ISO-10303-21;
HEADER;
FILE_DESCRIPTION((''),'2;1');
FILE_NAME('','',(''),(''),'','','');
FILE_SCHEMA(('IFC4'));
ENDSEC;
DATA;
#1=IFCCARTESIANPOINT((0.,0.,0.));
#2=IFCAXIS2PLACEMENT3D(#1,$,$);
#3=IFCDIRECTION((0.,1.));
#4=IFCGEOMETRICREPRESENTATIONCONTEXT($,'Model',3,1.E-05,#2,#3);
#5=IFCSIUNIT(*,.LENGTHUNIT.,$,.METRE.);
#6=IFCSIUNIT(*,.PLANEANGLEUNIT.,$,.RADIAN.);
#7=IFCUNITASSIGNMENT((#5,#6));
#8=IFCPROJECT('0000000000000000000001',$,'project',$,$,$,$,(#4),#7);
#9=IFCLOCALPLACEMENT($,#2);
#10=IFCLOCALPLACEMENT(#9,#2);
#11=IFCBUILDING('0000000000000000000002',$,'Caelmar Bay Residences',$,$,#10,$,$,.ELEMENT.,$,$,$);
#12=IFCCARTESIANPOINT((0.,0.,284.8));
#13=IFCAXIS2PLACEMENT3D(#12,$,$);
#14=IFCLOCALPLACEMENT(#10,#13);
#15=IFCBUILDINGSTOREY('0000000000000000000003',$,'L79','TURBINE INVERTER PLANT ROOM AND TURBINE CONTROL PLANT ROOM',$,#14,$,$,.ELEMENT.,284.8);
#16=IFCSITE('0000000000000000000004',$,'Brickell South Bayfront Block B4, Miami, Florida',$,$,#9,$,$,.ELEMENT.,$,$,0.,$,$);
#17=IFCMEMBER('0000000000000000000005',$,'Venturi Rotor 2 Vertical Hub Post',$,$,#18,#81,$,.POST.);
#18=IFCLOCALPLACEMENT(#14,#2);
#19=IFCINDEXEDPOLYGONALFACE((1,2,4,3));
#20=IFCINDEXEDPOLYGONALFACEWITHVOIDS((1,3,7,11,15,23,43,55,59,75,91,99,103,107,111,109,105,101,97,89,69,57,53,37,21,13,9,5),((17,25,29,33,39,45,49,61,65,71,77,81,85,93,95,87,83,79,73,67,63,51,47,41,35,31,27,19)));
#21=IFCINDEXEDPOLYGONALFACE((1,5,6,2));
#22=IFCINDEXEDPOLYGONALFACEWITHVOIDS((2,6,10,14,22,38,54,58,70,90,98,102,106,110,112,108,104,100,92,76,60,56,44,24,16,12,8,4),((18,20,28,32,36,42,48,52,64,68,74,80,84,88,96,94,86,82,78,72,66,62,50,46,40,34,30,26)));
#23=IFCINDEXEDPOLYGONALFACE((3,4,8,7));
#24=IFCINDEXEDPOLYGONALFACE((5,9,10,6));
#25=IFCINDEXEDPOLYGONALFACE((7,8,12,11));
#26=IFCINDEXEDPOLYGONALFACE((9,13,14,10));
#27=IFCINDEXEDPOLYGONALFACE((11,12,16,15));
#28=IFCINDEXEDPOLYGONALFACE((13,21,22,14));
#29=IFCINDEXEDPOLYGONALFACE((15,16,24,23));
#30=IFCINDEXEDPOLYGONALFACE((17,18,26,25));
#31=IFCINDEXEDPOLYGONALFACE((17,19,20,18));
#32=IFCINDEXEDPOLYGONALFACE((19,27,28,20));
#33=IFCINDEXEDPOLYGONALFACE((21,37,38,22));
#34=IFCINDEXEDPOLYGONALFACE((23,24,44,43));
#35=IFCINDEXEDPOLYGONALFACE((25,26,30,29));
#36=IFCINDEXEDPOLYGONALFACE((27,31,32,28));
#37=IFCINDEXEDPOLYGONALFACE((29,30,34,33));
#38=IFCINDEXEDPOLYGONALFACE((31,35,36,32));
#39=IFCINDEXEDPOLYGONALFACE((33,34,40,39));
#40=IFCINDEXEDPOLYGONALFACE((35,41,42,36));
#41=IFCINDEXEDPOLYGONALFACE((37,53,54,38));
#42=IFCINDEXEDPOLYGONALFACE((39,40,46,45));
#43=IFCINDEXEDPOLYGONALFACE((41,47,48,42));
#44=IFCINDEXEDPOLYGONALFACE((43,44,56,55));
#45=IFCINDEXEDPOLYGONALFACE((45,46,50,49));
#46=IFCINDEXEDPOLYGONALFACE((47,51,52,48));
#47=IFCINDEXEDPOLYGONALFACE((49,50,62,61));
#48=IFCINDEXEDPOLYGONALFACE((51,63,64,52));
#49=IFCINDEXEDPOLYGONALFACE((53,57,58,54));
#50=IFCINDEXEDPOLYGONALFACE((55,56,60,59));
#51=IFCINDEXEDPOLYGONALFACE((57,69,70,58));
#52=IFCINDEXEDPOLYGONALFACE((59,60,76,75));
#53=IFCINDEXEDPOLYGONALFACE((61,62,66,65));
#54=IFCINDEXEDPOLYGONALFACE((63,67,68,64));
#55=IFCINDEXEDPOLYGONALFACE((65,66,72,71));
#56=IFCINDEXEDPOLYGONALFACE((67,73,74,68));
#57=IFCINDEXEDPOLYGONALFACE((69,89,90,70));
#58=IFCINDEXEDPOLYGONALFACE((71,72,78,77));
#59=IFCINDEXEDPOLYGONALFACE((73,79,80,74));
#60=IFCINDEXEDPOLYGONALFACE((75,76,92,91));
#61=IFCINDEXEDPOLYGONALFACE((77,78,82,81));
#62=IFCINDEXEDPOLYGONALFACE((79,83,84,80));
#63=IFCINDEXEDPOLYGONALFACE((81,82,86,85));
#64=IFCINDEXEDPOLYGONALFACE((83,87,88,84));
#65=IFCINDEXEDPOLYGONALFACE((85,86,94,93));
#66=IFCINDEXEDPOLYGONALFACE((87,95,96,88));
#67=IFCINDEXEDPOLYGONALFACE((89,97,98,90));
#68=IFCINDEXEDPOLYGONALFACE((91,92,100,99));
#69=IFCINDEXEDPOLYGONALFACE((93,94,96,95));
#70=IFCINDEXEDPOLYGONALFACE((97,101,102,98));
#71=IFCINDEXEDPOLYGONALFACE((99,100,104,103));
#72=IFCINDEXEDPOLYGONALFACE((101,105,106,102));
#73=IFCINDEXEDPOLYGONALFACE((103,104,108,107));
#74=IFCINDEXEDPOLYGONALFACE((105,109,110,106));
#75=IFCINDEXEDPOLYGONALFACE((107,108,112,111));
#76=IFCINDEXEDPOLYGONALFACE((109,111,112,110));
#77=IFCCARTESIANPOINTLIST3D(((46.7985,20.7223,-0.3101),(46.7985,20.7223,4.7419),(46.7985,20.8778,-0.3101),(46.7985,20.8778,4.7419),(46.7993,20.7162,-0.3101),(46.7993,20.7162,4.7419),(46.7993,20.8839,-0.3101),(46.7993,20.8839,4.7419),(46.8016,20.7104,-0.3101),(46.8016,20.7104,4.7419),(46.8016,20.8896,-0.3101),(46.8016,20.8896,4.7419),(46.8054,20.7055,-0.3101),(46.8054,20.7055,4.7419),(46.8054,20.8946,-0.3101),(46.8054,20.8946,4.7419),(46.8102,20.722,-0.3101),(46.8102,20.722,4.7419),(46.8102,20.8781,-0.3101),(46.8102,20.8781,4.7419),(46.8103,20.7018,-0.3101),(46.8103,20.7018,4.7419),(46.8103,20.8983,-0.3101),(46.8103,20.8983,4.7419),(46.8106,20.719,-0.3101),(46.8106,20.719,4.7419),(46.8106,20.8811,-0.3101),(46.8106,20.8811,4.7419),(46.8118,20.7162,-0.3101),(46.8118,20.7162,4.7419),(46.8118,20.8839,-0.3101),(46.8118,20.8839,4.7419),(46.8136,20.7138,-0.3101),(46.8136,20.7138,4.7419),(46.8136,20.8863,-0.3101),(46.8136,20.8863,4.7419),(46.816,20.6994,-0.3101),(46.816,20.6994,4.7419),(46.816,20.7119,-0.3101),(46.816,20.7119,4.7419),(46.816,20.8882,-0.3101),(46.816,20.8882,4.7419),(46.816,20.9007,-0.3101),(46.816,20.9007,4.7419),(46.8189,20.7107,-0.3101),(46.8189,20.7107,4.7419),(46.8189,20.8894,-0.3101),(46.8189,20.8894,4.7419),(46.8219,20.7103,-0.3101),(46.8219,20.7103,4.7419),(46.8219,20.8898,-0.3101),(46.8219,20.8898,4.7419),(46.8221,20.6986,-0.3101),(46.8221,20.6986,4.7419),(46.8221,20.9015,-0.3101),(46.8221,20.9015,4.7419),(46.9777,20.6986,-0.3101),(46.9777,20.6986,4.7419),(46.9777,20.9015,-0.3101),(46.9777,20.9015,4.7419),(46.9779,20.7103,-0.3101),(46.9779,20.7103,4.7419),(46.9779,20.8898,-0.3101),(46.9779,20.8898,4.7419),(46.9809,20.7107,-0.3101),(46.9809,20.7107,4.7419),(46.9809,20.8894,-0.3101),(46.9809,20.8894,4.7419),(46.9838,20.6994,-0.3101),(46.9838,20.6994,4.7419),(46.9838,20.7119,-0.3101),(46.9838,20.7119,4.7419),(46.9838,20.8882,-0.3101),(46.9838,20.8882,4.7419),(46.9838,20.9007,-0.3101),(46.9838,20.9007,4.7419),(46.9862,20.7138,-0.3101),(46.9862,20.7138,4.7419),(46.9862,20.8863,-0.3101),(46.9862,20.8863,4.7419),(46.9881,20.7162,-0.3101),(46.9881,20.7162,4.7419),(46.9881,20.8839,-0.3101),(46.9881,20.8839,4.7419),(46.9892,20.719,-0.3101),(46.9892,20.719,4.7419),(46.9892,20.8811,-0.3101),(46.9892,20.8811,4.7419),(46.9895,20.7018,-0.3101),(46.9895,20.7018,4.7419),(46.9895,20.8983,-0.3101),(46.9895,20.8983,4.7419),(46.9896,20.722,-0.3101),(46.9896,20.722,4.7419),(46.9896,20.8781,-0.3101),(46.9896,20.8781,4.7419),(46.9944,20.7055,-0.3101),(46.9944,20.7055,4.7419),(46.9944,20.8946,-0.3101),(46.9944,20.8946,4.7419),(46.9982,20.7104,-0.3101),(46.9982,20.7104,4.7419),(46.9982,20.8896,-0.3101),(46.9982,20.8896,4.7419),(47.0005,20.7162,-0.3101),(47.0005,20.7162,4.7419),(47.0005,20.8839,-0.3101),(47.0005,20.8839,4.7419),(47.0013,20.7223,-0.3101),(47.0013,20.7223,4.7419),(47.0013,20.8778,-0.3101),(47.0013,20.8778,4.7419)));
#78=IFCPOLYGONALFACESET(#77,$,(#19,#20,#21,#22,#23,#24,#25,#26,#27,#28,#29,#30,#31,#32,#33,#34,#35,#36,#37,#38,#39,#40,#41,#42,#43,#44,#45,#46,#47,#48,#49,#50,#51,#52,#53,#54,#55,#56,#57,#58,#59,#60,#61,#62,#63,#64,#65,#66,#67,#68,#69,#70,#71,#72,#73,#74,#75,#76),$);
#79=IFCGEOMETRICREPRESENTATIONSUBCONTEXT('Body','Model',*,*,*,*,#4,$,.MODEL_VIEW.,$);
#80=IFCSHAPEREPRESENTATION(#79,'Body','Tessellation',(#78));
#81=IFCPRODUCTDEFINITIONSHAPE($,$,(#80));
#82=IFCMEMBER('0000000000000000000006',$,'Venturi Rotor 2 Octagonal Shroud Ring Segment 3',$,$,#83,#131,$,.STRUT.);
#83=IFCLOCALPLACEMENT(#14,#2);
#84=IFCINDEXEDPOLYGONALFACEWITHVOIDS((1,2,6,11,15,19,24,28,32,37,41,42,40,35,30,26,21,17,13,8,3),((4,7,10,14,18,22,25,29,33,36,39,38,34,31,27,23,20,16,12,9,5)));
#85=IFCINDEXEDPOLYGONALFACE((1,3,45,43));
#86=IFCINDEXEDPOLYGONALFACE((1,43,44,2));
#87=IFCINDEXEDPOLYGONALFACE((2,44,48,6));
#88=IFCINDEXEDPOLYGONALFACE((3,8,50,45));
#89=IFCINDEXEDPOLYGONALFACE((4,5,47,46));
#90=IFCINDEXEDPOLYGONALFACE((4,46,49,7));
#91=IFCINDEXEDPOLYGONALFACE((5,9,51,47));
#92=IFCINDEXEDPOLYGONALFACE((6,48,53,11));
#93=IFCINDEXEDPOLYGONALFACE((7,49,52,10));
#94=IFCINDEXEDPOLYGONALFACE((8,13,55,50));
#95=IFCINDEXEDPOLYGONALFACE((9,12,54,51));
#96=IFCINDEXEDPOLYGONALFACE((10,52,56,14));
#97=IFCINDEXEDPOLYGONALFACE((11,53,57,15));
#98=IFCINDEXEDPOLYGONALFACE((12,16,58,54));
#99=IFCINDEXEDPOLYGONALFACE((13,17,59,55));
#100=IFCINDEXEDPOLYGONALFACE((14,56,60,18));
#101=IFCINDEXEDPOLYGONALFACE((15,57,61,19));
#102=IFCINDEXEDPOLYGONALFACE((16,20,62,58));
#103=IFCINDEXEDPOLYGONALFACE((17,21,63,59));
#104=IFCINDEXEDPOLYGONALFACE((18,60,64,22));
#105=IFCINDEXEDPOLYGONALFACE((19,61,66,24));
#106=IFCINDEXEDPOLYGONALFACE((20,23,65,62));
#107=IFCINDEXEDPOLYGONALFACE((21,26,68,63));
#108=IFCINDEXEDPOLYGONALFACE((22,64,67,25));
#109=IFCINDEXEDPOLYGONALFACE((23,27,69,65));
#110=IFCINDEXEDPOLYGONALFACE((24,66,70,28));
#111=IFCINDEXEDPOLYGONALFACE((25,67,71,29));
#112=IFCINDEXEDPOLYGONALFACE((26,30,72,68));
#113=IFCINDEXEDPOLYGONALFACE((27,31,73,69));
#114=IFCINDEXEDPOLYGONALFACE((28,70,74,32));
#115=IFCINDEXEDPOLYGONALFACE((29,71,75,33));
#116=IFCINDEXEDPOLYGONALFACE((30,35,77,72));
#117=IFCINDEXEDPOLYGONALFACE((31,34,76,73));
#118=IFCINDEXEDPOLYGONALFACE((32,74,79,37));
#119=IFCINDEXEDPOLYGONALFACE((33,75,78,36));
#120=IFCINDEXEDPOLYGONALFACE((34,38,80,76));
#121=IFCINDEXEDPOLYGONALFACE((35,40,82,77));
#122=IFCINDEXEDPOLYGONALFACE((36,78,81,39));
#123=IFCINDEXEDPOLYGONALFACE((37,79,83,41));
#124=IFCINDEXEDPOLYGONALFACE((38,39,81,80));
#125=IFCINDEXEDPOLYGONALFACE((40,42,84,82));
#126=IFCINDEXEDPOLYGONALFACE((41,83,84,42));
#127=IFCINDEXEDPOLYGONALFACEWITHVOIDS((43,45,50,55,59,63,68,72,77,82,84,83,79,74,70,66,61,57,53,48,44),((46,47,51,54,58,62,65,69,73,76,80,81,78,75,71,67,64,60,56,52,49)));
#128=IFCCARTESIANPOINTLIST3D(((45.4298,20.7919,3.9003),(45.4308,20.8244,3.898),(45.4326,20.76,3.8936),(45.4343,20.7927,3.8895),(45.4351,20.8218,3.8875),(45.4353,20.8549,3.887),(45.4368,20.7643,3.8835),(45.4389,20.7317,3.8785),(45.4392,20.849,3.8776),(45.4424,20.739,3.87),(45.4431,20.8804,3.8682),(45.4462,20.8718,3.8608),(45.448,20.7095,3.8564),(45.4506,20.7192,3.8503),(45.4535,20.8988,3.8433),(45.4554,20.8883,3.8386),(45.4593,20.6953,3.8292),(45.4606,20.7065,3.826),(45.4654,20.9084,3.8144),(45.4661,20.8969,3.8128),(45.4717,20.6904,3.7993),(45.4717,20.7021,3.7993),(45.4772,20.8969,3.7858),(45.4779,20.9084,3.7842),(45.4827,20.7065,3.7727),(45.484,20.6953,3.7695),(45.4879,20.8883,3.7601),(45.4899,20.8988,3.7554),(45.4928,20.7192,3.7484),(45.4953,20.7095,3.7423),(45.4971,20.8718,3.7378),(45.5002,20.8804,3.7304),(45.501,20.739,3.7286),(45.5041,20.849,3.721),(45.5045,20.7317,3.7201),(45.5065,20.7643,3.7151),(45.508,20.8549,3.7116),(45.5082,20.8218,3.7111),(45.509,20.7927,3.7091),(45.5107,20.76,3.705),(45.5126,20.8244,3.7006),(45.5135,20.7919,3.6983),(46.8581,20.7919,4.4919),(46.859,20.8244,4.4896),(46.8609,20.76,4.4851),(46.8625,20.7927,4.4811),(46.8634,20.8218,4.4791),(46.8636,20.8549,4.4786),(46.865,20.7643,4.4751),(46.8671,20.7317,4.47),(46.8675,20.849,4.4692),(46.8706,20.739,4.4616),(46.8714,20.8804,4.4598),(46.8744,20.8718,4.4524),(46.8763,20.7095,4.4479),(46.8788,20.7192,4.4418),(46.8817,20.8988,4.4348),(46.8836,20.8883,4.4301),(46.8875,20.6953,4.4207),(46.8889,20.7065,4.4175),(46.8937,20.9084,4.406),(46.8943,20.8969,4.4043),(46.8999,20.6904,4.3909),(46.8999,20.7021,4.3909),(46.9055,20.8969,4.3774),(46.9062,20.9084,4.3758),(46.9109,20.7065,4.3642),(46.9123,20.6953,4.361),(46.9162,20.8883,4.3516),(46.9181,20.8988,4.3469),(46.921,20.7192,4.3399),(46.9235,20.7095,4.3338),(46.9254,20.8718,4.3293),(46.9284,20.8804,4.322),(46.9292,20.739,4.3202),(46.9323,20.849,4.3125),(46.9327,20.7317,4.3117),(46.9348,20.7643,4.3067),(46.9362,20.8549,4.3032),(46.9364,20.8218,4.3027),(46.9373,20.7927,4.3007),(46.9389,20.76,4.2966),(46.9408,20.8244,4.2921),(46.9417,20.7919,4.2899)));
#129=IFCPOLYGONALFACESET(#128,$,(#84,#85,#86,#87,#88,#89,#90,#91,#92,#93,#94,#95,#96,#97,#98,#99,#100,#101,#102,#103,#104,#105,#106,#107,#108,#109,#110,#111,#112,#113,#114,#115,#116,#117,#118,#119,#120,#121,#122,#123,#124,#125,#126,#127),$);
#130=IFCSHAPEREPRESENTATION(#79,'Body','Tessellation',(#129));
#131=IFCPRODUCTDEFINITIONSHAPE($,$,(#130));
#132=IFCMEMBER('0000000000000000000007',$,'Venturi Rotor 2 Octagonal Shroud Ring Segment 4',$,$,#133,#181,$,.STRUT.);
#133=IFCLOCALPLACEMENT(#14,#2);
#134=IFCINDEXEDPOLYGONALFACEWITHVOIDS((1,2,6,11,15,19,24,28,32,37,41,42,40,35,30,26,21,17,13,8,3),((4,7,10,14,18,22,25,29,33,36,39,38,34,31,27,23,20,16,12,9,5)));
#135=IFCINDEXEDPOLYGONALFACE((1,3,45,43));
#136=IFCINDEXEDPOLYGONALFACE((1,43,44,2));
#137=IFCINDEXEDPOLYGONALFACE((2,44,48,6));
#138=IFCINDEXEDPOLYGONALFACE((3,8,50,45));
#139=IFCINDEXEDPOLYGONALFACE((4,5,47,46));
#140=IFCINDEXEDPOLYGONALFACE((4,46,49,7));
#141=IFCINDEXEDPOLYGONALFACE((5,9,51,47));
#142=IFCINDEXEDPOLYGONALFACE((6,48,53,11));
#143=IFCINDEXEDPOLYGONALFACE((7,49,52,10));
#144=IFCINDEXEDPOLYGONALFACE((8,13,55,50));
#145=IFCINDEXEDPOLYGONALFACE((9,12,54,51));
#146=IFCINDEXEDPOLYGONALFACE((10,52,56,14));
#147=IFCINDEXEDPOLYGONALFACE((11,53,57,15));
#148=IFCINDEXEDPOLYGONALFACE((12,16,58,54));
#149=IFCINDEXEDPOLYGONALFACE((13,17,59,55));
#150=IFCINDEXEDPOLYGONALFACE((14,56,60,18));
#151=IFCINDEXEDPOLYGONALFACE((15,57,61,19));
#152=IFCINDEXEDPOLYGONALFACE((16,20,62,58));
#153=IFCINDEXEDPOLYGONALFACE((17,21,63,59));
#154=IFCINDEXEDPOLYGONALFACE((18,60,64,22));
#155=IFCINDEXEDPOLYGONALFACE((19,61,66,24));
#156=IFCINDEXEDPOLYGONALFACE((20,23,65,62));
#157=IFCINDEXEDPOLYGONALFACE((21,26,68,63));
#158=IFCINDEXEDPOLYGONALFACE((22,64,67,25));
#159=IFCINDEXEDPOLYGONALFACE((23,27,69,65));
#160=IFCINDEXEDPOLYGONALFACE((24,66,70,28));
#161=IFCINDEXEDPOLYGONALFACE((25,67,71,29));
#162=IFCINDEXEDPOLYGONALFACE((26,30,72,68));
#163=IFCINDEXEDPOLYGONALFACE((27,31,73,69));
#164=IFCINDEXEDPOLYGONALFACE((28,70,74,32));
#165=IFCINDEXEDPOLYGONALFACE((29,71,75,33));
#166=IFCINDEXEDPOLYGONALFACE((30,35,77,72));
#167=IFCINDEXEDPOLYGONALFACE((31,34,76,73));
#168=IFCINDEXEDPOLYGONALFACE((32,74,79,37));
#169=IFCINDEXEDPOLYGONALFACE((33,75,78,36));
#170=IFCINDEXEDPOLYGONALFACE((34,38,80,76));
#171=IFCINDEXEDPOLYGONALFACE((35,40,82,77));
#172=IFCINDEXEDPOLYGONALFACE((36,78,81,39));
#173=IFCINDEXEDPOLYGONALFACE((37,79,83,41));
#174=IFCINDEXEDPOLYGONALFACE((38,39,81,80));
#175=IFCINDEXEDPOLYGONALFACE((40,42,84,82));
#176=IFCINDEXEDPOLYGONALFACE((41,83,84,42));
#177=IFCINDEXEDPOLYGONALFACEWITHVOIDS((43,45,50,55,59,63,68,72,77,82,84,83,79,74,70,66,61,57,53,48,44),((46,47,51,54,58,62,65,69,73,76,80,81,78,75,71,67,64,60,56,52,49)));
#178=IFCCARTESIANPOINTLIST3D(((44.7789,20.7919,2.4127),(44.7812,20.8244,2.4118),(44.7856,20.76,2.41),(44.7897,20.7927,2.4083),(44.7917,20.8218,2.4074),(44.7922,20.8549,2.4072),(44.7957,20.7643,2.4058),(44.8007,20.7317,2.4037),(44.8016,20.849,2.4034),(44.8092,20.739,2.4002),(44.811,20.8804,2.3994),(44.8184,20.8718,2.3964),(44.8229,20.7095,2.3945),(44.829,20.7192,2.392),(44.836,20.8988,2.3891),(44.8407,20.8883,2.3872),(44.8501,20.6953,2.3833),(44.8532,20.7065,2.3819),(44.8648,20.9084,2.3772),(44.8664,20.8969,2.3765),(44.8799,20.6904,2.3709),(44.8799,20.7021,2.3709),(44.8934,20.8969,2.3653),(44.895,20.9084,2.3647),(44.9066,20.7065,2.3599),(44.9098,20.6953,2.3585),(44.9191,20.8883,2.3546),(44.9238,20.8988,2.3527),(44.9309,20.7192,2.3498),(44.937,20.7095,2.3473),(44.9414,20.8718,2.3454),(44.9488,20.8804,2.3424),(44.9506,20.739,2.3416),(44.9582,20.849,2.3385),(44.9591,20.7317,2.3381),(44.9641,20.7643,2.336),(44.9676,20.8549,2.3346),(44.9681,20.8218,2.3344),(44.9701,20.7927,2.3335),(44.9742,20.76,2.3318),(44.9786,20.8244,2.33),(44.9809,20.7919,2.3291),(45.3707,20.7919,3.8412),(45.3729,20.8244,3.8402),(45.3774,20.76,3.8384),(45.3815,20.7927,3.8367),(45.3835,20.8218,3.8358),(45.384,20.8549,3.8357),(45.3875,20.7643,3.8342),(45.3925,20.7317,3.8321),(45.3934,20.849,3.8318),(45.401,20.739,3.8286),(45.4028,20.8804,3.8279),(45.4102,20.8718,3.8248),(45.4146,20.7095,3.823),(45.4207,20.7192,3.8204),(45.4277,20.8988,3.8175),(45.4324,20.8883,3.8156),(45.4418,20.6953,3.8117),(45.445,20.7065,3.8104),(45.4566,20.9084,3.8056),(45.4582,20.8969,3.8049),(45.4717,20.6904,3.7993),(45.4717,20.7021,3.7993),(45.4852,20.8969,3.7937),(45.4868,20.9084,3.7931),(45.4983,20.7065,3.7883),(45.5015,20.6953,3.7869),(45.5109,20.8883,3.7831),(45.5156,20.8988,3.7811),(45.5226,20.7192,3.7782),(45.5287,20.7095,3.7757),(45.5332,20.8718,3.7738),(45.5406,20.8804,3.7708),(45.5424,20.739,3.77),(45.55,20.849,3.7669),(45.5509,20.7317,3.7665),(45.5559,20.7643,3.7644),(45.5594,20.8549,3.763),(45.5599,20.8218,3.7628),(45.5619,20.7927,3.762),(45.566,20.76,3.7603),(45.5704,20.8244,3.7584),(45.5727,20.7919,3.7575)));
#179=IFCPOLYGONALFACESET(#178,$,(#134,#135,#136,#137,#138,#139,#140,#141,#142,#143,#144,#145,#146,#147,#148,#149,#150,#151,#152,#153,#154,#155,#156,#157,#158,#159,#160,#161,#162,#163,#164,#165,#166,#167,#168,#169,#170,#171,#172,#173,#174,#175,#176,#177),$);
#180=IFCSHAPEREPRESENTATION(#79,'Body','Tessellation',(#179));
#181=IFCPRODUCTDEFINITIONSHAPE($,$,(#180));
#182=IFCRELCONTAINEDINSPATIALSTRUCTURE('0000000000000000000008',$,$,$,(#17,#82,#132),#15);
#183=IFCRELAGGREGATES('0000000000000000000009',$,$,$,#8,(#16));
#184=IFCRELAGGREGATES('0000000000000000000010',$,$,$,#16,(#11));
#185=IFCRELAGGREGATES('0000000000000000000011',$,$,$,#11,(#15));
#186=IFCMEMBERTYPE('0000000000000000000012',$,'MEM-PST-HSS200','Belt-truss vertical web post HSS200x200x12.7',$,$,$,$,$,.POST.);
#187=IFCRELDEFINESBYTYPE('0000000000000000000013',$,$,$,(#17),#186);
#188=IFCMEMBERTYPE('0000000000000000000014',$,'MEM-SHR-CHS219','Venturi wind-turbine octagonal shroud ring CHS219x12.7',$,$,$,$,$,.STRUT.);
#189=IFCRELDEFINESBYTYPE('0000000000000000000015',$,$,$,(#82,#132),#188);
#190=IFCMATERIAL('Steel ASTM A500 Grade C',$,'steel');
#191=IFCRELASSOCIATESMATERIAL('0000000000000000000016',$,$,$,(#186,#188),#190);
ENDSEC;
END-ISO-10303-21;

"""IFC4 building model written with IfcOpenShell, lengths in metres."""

from ifc_helpers import new_model, si_unit, direction, frame, origin, origin_2d, place, context, subcontext, project, spatial, hollow_rectangle, hollow_circle, extrude, material, material_profile, profile_set, type_object, element, save


model = new_model("IFC4")

# Units and contexts
model_context = context("Model", 3, precision=1e-05, world=origin(), true_north=direction((0.0, 1.0)))
body_context = subcontext(model_context, "Body", "Model", "MODEL_VIEW")
ifc_project = project(units=[si_unit("LENGTHUNIT", "METRE"), si_unit("PLANEANGLEUNIT", "RADIAN")], contexts=[model_context])

# Site, building, storey
site_placement = place(None, origin())
site = spatial("IfcSite", under=ifc_project, at=site_placement, Name="Brickell South Bayfront Block B4, Miami, Florida", CompositionType="ELEMENT", RefElevation=0.0)
building_placement = place(site_placement, origin())
building = spatial("IfcBuilding", under=site, at=building_placement, Name="Caelmar Bay Residences", CompositionType="ELEMENT")
storey_placement = place(building_placement, frame((0.0, 0.0, 284.8)))
storey = spatial("IfcBuildingStorey", under=building, at=storey_placement, Name="L79", Description="TURBINE INVERTER PLANT ROOM AND TURBINE CONTROL PLANT ROOM", CompositionType="ELEMENT", Elevation=284.8)

# Members
ifc_material_1 = material(Name="Steel ASTM A500 Grade C", Category="steel")
ifc_material_profile_1 = material_profile(ifc_material_1, hollow_rectangle(XDim=0.2029, YDim=0.2029, WallThickness=0.0117, InnerFilletRadius=0.0117, OuterFilletRadius=0.0237, at=origin_2d()), Name="HSS200X200X12.7")
ifc_profile_set_1 = profile_set([ifc_material_profile_1], Name="Steel ASTM A500 Grade C")
member_type_1 = type_object("IfcMemberType", Name="MEM-PST-HSS200", Description="Belt-truss vertical web post HSS200x200x12.7", PredefinedType="POST", material=ifc_profile_set_1)
member_1_placement = place(storey_placement, frame((46.8999, 20.8, -0.3101), z_axis=(0.0, 0.0, 1.0), x_axis=(1.0, 0.0, 0.0)))
element("IfcMember", 1, at=member_1_placement, inside=storey, type_object=member_type_1, Name="Venturi Rotor 2 Vertical Hub Post", PredefinedType="POST", context=body_context, shape_type="SweptSolid", body=[
    extrude(hollow_rectangle(XDim=0.2029, YDim=0.2029, WallThickness=0.0117, InnerFilletRadius=0.0117, OuterFilletRadius=0.0237, at=origin_2d()), origin(), (0.0, 0.0, 1.0), 5.052),
])
ifc_material_profile_2 = material_profile(ifc_material_1, hollow_circle(Radius=0.1096, WallThickness=0.0117, at=origin_2d()), Name="CHS219X12.7")
ifc_profile_set_2 = profile_set([ifc_material_profile_2], Name="Steel ASTM A500 Grade C")
member_type_2 = type_object("IfcMemberType", Name="MEM-SHR-CHS219", Description="Venturi wind-turbine octagonal shroud ring CHS219x12.7", PredefinedType="STRUT", material=ifc_profile_set_2)
member_2_placement = place(storey_placement, frame((46.8999, 20.8, 4.3909), z_axis=(-0.923888, 0.0, -0.382663), x_axis=(0.0, -1.0, 0.0)))
element("IfcMember", 2, at=member_2_placement, inside=storey, type_object=member_type_2, Name="Venturi Rotor 2 Octagonal Shroud Ring Segment 3", PredefinedType="STRUT", context=body_context, shape_type="SweptSolid", body=[
    extrude(hollow_circle(Radius=0.1096, WallThickness=0.0117, at=origin_2d()), origin(), (0.0, 0.0, 1.0), 1.5459),
])
member_3_placement = place(storey_placement, frame((45.4717, 20.8, 3.7993), z_axis=(-0.382742, 0.0, -0.923855), x_axis=(0.0, -1.0, 0.0)))
element("IfcMember", 3, at=member_3_placement, inside=storey, type_object=member_type_2, Name="Venturi Rotor 2 Octagonal Shroud Ring Segment 4", PredefinedType="STRUT", context=body_context, shape_type="SweptSolid", body=[
    extrude(hollow_circle(Radius=0.1096, WallThickness=0.0117, at=origin_2d()), origin(), (0.0, 0.0, 1.0), 1.5461),
])

save(model, "model.ifc")
